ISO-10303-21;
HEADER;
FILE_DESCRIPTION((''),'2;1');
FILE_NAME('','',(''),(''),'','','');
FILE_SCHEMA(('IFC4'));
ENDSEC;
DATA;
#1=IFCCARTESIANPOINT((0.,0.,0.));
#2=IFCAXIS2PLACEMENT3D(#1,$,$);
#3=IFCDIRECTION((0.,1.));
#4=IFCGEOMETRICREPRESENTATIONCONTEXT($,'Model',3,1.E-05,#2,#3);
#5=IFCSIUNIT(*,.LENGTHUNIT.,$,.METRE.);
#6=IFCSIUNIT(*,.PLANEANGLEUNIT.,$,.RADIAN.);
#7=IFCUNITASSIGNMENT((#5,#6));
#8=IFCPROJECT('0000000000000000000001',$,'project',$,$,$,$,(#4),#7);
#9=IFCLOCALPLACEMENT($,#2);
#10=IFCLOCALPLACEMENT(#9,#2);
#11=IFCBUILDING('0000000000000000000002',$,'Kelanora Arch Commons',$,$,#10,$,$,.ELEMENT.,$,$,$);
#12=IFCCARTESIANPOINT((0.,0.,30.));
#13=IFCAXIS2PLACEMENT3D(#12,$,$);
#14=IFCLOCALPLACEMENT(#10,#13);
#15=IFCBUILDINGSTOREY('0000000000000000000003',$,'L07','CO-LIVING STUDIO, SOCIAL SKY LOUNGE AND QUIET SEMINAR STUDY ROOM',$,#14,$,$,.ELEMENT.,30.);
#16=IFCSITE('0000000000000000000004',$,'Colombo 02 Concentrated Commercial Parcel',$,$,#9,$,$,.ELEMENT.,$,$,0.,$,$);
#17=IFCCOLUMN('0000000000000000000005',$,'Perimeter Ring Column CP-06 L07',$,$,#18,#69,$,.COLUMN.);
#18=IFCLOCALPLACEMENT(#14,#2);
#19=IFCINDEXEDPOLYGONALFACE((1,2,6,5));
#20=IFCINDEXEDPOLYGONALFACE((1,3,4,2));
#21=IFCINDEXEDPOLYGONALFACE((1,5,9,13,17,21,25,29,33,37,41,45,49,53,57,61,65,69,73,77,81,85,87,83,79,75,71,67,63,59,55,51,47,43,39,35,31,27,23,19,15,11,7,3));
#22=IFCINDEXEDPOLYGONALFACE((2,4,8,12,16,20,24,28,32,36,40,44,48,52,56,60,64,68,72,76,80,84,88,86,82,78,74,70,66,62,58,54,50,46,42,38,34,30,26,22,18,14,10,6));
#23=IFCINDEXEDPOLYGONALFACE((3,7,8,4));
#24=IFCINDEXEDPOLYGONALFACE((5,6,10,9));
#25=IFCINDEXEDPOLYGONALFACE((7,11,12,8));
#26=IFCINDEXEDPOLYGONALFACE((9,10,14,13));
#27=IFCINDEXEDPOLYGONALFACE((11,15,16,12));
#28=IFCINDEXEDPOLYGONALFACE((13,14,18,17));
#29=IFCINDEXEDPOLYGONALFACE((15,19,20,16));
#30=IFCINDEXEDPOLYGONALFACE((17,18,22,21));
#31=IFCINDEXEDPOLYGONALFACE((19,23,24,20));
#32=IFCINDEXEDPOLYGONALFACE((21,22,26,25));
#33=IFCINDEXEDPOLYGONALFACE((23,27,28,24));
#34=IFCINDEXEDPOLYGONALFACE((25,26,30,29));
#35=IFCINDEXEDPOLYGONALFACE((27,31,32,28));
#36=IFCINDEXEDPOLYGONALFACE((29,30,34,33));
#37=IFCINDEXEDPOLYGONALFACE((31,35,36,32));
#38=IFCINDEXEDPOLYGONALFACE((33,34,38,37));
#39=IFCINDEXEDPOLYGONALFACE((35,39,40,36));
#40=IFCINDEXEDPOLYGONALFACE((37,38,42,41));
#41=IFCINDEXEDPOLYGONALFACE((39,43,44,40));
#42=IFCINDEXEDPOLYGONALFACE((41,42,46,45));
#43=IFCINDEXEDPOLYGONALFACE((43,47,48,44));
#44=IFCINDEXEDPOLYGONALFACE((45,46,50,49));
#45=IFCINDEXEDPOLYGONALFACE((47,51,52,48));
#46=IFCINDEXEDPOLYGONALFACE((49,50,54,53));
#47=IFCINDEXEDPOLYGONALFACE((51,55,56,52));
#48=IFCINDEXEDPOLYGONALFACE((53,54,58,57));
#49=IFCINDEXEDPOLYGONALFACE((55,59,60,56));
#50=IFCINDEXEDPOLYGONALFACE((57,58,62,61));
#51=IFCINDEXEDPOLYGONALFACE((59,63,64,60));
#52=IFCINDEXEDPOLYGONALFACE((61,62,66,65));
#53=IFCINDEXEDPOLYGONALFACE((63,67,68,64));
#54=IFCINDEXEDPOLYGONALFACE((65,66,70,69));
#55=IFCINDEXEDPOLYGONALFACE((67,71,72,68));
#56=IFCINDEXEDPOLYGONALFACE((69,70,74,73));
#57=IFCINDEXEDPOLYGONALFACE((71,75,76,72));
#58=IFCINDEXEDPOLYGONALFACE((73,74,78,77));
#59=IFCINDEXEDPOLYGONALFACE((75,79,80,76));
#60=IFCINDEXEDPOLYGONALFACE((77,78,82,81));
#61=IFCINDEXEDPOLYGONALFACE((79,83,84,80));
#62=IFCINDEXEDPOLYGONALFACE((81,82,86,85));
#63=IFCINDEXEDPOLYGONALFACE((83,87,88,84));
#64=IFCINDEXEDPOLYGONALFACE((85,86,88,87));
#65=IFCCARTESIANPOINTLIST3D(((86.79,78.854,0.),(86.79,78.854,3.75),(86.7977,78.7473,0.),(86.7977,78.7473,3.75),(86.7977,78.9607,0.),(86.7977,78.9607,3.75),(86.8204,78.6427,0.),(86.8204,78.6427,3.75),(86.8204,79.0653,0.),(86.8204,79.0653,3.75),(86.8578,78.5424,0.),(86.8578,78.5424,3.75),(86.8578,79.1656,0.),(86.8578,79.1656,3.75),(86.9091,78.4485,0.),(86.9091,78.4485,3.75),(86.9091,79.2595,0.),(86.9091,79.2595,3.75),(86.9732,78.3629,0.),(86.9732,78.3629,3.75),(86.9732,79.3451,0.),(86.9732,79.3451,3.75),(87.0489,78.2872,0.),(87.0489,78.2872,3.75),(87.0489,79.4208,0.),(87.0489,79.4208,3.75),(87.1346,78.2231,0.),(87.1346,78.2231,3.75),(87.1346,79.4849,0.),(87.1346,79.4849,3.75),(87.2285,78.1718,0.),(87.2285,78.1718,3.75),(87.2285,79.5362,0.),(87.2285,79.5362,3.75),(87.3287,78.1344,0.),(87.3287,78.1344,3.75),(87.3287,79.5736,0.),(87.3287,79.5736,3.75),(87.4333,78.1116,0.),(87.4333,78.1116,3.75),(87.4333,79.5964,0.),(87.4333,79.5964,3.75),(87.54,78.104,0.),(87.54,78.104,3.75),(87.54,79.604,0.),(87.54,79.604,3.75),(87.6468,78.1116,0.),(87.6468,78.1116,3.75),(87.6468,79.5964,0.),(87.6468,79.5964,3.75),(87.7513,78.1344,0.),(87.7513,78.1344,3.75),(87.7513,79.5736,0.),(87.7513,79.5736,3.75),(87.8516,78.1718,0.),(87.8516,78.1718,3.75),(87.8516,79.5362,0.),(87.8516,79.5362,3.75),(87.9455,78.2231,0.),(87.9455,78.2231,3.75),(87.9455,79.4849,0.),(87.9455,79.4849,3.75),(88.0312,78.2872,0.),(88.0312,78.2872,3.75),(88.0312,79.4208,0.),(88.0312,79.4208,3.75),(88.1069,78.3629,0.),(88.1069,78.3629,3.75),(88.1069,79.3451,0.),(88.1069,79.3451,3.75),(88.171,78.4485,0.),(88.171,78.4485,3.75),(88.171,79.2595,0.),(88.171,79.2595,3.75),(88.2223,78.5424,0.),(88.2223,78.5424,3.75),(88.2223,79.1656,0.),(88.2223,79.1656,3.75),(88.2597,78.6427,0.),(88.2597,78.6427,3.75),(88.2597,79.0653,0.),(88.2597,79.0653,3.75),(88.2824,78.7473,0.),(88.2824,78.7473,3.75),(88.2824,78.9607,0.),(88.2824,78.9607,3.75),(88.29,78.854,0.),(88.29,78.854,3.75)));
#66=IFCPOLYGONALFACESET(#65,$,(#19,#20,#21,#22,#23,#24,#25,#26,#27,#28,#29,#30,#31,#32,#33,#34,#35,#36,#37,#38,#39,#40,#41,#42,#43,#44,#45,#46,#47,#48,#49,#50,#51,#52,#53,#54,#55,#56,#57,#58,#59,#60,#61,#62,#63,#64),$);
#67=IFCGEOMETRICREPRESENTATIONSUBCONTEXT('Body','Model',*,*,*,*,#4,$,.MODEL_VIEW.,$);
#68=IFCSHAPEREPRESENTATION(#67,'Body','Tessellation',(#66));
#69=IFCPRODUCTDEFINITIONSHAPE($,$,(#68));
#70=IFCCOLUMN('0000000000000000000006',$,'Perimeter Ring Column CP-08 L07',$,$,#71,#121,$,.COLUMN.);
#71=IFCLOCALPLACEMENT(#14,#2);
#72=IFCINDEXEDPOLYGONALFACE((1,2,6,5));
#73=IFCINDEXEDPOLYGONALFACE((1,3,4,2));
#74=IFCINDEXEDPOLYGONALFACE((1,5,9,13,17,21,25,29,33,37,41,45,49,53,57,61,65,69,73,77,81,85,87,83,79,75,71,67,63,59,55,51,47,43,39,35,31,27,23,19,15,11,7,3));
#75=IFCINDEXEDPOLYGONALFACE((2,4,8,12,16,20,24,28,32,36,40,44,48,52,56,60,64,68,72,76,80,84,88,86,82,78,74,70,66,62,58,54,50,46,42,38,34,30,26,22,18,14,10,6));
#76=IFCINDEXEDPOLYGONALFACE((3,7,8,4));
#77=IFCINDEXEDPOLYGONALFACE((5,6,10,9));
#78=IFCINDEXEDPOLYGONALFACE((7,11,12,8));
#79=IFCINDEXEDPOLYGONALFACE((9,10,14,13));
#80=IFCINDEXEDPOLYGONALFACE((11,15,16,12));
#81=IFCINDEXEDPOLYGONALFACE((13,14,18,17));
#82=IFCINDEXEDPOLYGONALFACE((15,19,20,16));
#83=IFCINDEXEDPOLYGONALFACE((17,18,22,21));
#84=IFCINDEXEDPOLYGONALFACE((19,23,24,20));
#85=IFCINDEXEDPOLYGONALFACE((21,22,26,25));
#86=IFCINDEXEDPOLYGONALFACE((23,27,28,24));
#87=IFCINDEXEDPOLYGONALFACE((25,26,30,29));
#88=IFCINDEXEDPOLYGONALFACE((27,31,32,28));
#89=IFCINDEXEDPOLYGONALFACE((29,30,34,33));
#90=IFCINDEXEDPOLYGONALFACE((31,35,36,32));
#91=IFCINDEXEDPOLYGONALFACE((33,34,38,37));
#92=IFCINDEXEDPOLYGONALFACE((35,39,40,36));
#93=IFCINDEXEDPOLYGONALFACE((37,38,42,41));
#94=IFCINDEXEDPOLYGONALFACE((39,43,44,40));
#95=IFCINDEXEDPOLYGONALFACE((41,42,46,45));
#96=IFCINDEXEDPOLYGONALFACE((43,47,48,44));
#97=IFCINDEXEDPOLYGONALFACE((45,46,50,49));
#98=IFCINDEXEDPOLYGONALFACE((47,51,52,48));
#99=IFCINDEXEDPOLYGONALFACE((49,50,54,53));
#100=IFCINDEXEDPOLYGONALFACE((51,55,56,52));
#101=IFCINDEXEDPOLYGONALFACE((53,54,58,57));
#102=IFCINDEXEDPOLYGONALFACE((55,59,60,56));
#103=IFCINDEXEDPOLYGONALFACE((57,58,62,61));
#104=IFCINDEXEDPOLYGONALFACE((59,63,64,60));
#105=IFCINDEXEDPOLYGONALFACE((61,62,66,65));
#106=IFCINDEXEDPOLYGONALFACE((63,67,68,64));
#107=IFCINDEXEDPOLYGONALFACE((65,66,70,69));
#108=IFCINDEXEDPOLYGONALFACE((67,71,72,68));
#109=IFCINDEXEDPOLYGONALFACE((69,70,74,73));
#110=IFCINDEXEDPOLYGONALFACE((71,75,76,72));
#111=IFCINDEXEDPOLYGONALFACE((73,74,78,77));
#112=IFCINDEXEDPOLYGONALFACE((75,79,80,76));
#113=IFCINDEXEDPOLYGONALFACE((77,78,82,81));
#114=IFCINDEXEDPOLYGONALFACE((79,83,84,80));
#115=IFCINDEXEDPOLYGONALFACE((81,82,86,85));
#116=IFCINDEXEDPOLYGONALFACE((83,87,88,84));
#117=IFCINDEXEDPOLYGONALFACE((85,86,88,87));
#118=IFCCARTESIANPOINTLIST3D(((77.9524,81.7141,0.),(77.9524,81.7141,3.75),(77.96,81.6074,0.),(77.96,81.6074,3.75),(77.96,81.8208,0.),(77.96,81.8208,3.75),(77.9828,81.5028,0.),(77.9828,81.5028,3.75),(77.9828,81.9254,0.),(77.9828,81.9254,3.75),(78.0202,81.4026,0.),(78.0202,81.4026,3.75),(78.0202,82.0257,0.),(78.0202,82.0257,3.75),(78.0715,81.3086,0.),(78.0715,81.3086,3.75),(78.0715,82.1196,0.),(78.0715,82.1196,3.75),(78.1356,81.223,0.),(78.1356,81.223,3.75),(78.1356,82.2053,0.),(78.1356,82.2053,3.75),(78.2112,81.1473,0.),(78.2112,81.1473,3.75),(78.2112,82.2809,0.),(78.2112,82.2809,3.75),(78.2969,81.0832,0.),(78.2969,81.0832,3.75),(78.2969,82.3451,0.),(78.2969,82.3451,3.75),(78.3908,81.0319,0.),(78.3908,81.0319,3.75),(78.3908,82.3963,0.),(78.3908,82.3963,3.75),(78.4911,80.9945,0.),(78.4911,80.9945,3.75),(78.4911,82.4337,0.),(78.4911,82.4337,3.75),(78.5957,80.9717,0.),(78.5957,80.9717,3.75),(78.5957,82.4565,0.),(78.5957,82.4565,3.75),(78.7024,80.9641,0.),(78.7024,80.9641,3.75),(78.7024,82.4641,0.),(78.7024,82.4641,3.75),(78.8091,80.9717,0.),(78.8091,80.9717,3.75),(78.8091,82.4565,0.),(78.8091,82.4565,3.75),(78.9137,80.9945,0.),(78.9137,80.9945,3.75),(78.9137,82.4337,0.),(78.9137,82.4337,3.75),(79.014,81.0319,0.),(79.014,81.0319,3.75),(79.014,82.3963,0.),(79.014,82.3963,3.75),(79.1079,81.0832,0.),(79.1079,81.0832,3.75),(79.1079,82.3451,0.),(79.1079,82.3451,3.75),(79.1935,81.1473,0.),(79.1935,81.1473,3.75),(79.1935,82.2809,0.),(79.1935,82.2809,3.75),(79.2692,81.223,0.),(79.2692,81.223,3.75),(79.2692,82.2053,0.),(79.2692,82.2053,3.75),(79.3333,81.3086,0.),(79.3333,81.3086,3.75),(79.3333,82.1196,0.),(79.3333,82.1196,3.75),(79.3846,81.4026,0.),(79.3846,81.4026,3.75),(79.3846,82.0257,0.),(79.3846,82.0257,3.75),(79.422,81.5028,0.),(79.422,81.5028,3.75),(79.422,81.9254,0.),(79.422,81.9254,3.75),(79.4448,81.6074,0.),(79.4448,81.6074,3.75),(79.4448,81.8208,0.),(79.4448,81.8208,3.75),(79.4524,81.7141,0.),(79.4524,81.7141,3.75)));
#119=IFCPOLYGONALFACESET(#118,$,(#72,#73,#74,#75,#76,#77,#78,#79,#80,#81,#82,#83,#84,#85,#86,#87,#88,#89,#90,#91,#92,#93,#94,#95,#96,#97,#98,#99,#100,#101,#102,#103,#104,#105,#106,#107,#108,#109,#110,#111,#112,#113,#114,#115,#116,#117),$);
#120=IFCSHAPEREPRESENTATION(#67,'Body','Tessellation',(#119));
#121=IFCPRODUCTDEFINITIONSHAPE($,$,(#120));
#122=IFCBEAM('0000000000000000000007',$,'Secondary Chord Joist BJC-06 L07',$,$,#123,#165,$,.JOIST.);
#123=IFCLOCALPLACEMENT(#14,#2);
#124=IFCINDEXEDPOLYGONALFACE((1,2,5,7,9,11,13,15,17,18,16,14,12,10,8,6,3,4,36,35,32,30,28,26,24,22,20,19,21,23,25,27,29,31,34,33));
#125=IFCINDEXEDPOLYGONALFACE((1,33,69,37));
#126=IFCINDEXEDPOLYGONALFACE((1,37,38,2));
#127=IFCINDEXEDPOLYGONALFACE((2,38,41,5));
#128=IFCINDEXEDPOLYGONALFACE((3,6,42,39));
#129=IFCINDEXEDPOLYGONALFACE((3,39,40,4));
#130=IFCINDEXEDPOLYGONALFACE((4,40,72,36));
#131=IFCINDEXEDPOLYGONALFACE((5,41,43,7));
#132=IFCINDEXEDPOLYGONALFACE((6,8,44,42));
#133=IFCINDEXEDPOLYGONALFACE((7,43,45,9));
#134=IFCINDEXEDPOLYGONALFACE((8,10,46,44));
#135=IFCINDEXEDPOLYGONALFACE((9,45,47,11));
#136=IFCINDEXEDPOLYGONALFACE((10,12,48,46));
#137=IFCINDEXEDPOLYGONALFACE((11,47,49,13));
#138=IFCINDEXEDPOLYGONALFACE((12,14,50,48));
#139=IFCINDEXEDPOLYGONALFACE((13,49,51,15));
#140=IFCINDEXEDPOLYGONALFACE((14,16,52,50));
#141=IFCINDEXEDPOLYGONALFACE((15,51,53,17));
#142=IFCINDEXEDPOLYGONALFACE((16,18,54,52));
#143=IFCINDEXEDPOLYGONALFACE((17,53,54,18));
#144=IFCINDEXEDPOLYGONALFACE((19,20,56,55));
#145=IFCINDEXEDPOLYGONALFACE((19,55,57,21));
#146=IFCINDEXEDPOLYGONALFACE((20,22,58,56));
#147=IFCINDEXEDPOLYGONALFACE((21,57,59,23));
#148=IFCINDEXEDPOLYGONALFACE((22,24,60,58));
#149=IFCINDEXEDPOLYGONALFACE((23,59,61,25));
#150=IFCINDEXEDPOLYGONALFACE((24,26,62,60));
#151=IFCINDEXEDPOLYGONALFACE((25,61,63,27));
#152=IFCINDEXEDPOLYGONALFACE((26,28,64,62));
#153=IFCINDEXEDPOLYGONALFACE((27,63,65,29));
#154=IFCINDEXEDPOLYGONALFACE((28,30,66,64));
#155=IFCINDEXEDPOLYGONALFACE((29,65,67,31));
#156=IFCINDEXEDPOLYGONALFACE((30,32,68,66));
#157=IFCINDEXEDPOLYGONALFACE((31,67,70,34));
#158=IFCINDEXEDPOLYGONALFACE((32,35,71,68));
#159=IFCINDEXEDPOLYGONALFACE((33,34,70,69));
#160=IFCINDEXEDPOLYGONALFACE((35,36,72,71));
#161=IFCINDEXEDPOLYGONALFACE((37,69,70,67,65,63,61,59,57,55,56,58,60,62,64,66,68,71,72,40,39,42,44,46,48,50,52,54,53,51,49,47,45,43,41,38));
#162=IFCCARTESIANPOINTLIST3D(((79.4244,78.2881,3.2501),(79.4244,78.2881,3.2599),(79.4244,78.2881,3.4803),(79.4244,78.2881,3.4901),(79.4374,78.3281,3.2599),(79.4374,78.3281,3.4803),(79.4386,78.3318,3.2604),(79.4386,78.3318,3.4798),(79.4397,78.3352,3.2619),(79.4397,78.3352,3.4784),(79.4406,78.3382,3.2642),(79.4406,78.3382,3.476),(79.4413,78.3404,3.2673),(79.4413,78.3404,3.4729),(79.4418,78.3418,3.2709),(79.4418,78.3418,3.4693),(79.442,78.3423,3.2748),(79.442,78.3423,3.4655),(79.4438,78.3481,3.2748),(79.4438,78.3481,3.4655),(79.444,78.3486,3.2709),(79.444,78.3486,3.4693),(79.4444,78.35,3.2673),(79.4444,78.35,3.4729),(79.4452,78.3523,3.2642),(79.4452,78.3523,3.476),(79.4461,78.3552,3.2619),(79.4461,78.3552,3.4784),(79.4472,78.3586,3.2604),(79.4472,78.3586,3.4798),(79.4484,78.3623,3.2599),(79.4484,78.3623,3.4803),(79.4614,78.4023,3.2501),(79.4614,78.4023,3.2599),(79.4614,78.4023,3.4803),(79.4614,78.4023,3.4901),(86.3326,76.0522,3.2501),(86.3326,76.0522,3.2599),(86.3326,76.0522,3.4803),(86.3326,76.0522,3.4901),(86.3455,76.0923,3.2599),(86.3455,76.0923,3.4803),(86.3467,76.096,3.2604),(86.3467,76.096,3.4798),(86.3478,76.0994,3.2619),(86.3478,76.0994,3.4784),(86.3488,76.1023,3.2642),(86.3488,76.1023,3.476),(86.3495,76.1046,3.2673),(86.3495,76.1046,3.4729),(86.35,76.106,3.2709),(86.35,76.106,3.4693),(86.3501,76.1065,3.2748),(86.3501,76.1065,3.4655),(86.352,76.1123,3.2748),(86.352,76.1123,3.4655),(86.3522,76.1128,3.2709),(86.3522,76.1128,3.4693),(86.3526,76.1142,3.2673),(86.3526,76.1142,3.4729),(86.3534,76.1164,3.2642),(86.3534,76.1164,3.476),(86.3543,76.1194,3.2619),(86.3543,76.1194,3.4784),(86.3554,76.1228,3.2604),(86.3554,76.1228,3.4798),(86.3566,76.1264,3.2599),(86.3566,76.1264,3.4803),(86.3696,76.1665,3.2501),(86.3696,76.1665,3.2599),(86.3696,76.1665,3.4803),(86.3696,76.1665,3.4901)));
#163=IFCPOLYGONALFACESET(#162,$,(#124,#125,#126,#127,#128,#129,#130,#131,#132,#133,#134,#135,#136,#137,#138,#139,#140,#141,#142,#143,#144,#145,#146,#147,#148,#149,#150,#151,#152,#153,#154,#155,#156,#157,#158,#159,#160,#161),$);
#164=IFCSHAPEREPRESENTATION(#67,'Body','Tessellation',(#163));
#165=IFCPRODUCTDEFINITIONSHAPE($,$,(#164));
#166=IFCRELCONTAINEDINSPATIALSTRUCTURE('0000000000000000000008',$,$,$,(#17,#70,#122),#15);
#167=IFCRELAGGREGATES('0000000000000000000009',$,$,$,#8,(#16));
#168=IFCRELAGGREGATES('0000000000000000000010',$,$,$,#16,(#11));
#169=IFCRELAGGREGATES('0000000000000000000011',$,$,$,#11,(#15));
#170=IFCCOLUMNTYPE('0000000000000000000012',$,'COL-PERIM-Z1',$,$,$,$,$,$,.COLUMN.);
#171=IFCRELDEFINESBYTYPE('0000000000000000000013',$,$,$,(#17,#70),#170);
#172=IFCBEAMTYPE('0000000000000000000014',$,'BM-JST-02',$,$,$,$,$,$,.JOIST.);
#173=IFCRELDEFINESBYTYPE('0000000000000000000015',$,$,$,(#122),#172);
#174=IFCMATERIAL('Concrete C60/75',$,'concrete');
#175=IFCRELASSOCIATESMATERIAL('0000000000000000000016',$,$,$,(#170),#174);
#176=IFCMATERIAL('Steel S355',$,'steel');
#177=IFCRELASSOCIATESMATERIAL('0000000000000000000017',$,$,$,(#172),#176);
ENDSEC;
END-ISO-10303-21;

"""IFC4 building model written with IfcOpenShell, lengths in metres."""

from ifc_helpers import new_model, si_unit, direction, frame, origin, origin_2d, place, context, subcontext, project, spatial, circle, i_section, extrude, material, material_profile, profile_set, type_object, element, save


model = new_model("IFC4")

# Units and contexts
model_context = context("Model", 3, precision=1e-05, world=origin(), true_north=direction((0.0, 1.0)))
body_context = subcontext(model_context, "Body", "Model", "MODEL_VIEW")
ifc_project = project(units=[si_unit("LENGTHUNIT", "METRE"), si_unit("PLANEANGLEUNIT", "RADIAN")], contexts=[model_context])

# Site, building, storey
site_placement = place(None, origin())
site = spatial("IfcSite", under=ifc_project, at=site_placement, Name="Colombo 02 Concentrated Commercial Parcel", CompositionType="ELEMENT", RefElevation=0.0)
building_placement = place(site_placement, origin())
building = spatial("IfcBuilding", under=site, at=building_placement, Name="Kelanora Arch Commons", CompositionType="ELEMENT")
storey_placement = place(building_placement, frame((0.0, 0.0, 30.0)))
storey = spatial("IfcBuildingStorey", under=building, at=storey_placement, Name="L07", Description="CO-LIVING STUDIO, SOCIAL SKY LOUNGE AND QUIET SEMINAR STUDY ROOM", CompositionType="ELEMENT", Elevation=30.0)

# Columns
ifc_material_1 = material(Name="Concrete C60/75", Category="concrete")
ifc_material_profile_1 = material_profile(ifc_material_1, circle(Radius=0.75, at=origin_2d()), Name="RCC1500")
ifc_profile_set_1 = profile_set([ifc_material_profile_1], Name="Concrete C60/75")
column_type = type_object("IfcColumnType", Name="COL-PERIM-Z1", PredefinedType="COLUMN", material=ifc_profile_set_1)
for number, where, z_axis, x_axis, name in (
    (1, (87.54, 78.854, 0.0), (0.0, 0.0, 1.0), (1.0, 0.0, 0.0), "Perimeter Ring Column CP-06 L07"),
    (2, (78.7024, 81.7141, 0.0), (0.0, 0.0, 1.0), (1.0, 0.0, 0.0), "Perimeter Ring Column CP-08 L07"),
):
    element("IfcColumn", number, at=place(storey_placement, frame(where, z_axis=z_axis, x_axis=x_axis)), inside=storey, type_object=column_type, Name=name, PredefinedType="COLUMN", context=body_context, shape_type="SweptSolid", body=[
        extrude(circle(Radius=0.75, at=origin_2d()), origin(), (0.0, 0.0, 1.0), 3.75),
    ])

# Beam
ifc_material_2 = material(Name="Steel S355", Category="steel")
ifc_material_profile_2 = material_profile(ifc_material_2, i_section(OverallWidth=0.1201, OverallDepth=0.24, WebThickness=0.0061, FlangeThickness=0.0098, FilletRadius=0.0149, at=origin_2d()), Name="IPE240")
ifc_profile_set_2 = profile_set([ifc_material_profile_2], Name="Steel S355")
beam_type_1 = type_object("IfcBeamType", Name="BM-JST-02", PredefinedType="JOIST", material=ifc_profile_set_2)
beam_1_placement = place(storey_placement, frame((86.3511, 76.1094, 3.3701), z_axis=(-0.951411, 0.307924, 0.0), x_axis=(-0.307924, -0.951411, 0.0)))
element("IfcBeam", 3, at=beam_1_placement, inside=storey, type_object=beam_type_1, Name="Secondary Chord Joist BJC-06 L07", PredefinedType="JOIST", context=body_context, shape_type="SweptSolid", body=[
    extrude(i_section(OverallWidth=0.1201, OverallDepth=0.24, WebThickness=0.0061, FlangeThickness=0.0098, FilletRadius=0.0149, at=origin_2d()), origin(), (0.0, 0.0, 1.0), 7.261),
])

save(model, "model.ifc")
